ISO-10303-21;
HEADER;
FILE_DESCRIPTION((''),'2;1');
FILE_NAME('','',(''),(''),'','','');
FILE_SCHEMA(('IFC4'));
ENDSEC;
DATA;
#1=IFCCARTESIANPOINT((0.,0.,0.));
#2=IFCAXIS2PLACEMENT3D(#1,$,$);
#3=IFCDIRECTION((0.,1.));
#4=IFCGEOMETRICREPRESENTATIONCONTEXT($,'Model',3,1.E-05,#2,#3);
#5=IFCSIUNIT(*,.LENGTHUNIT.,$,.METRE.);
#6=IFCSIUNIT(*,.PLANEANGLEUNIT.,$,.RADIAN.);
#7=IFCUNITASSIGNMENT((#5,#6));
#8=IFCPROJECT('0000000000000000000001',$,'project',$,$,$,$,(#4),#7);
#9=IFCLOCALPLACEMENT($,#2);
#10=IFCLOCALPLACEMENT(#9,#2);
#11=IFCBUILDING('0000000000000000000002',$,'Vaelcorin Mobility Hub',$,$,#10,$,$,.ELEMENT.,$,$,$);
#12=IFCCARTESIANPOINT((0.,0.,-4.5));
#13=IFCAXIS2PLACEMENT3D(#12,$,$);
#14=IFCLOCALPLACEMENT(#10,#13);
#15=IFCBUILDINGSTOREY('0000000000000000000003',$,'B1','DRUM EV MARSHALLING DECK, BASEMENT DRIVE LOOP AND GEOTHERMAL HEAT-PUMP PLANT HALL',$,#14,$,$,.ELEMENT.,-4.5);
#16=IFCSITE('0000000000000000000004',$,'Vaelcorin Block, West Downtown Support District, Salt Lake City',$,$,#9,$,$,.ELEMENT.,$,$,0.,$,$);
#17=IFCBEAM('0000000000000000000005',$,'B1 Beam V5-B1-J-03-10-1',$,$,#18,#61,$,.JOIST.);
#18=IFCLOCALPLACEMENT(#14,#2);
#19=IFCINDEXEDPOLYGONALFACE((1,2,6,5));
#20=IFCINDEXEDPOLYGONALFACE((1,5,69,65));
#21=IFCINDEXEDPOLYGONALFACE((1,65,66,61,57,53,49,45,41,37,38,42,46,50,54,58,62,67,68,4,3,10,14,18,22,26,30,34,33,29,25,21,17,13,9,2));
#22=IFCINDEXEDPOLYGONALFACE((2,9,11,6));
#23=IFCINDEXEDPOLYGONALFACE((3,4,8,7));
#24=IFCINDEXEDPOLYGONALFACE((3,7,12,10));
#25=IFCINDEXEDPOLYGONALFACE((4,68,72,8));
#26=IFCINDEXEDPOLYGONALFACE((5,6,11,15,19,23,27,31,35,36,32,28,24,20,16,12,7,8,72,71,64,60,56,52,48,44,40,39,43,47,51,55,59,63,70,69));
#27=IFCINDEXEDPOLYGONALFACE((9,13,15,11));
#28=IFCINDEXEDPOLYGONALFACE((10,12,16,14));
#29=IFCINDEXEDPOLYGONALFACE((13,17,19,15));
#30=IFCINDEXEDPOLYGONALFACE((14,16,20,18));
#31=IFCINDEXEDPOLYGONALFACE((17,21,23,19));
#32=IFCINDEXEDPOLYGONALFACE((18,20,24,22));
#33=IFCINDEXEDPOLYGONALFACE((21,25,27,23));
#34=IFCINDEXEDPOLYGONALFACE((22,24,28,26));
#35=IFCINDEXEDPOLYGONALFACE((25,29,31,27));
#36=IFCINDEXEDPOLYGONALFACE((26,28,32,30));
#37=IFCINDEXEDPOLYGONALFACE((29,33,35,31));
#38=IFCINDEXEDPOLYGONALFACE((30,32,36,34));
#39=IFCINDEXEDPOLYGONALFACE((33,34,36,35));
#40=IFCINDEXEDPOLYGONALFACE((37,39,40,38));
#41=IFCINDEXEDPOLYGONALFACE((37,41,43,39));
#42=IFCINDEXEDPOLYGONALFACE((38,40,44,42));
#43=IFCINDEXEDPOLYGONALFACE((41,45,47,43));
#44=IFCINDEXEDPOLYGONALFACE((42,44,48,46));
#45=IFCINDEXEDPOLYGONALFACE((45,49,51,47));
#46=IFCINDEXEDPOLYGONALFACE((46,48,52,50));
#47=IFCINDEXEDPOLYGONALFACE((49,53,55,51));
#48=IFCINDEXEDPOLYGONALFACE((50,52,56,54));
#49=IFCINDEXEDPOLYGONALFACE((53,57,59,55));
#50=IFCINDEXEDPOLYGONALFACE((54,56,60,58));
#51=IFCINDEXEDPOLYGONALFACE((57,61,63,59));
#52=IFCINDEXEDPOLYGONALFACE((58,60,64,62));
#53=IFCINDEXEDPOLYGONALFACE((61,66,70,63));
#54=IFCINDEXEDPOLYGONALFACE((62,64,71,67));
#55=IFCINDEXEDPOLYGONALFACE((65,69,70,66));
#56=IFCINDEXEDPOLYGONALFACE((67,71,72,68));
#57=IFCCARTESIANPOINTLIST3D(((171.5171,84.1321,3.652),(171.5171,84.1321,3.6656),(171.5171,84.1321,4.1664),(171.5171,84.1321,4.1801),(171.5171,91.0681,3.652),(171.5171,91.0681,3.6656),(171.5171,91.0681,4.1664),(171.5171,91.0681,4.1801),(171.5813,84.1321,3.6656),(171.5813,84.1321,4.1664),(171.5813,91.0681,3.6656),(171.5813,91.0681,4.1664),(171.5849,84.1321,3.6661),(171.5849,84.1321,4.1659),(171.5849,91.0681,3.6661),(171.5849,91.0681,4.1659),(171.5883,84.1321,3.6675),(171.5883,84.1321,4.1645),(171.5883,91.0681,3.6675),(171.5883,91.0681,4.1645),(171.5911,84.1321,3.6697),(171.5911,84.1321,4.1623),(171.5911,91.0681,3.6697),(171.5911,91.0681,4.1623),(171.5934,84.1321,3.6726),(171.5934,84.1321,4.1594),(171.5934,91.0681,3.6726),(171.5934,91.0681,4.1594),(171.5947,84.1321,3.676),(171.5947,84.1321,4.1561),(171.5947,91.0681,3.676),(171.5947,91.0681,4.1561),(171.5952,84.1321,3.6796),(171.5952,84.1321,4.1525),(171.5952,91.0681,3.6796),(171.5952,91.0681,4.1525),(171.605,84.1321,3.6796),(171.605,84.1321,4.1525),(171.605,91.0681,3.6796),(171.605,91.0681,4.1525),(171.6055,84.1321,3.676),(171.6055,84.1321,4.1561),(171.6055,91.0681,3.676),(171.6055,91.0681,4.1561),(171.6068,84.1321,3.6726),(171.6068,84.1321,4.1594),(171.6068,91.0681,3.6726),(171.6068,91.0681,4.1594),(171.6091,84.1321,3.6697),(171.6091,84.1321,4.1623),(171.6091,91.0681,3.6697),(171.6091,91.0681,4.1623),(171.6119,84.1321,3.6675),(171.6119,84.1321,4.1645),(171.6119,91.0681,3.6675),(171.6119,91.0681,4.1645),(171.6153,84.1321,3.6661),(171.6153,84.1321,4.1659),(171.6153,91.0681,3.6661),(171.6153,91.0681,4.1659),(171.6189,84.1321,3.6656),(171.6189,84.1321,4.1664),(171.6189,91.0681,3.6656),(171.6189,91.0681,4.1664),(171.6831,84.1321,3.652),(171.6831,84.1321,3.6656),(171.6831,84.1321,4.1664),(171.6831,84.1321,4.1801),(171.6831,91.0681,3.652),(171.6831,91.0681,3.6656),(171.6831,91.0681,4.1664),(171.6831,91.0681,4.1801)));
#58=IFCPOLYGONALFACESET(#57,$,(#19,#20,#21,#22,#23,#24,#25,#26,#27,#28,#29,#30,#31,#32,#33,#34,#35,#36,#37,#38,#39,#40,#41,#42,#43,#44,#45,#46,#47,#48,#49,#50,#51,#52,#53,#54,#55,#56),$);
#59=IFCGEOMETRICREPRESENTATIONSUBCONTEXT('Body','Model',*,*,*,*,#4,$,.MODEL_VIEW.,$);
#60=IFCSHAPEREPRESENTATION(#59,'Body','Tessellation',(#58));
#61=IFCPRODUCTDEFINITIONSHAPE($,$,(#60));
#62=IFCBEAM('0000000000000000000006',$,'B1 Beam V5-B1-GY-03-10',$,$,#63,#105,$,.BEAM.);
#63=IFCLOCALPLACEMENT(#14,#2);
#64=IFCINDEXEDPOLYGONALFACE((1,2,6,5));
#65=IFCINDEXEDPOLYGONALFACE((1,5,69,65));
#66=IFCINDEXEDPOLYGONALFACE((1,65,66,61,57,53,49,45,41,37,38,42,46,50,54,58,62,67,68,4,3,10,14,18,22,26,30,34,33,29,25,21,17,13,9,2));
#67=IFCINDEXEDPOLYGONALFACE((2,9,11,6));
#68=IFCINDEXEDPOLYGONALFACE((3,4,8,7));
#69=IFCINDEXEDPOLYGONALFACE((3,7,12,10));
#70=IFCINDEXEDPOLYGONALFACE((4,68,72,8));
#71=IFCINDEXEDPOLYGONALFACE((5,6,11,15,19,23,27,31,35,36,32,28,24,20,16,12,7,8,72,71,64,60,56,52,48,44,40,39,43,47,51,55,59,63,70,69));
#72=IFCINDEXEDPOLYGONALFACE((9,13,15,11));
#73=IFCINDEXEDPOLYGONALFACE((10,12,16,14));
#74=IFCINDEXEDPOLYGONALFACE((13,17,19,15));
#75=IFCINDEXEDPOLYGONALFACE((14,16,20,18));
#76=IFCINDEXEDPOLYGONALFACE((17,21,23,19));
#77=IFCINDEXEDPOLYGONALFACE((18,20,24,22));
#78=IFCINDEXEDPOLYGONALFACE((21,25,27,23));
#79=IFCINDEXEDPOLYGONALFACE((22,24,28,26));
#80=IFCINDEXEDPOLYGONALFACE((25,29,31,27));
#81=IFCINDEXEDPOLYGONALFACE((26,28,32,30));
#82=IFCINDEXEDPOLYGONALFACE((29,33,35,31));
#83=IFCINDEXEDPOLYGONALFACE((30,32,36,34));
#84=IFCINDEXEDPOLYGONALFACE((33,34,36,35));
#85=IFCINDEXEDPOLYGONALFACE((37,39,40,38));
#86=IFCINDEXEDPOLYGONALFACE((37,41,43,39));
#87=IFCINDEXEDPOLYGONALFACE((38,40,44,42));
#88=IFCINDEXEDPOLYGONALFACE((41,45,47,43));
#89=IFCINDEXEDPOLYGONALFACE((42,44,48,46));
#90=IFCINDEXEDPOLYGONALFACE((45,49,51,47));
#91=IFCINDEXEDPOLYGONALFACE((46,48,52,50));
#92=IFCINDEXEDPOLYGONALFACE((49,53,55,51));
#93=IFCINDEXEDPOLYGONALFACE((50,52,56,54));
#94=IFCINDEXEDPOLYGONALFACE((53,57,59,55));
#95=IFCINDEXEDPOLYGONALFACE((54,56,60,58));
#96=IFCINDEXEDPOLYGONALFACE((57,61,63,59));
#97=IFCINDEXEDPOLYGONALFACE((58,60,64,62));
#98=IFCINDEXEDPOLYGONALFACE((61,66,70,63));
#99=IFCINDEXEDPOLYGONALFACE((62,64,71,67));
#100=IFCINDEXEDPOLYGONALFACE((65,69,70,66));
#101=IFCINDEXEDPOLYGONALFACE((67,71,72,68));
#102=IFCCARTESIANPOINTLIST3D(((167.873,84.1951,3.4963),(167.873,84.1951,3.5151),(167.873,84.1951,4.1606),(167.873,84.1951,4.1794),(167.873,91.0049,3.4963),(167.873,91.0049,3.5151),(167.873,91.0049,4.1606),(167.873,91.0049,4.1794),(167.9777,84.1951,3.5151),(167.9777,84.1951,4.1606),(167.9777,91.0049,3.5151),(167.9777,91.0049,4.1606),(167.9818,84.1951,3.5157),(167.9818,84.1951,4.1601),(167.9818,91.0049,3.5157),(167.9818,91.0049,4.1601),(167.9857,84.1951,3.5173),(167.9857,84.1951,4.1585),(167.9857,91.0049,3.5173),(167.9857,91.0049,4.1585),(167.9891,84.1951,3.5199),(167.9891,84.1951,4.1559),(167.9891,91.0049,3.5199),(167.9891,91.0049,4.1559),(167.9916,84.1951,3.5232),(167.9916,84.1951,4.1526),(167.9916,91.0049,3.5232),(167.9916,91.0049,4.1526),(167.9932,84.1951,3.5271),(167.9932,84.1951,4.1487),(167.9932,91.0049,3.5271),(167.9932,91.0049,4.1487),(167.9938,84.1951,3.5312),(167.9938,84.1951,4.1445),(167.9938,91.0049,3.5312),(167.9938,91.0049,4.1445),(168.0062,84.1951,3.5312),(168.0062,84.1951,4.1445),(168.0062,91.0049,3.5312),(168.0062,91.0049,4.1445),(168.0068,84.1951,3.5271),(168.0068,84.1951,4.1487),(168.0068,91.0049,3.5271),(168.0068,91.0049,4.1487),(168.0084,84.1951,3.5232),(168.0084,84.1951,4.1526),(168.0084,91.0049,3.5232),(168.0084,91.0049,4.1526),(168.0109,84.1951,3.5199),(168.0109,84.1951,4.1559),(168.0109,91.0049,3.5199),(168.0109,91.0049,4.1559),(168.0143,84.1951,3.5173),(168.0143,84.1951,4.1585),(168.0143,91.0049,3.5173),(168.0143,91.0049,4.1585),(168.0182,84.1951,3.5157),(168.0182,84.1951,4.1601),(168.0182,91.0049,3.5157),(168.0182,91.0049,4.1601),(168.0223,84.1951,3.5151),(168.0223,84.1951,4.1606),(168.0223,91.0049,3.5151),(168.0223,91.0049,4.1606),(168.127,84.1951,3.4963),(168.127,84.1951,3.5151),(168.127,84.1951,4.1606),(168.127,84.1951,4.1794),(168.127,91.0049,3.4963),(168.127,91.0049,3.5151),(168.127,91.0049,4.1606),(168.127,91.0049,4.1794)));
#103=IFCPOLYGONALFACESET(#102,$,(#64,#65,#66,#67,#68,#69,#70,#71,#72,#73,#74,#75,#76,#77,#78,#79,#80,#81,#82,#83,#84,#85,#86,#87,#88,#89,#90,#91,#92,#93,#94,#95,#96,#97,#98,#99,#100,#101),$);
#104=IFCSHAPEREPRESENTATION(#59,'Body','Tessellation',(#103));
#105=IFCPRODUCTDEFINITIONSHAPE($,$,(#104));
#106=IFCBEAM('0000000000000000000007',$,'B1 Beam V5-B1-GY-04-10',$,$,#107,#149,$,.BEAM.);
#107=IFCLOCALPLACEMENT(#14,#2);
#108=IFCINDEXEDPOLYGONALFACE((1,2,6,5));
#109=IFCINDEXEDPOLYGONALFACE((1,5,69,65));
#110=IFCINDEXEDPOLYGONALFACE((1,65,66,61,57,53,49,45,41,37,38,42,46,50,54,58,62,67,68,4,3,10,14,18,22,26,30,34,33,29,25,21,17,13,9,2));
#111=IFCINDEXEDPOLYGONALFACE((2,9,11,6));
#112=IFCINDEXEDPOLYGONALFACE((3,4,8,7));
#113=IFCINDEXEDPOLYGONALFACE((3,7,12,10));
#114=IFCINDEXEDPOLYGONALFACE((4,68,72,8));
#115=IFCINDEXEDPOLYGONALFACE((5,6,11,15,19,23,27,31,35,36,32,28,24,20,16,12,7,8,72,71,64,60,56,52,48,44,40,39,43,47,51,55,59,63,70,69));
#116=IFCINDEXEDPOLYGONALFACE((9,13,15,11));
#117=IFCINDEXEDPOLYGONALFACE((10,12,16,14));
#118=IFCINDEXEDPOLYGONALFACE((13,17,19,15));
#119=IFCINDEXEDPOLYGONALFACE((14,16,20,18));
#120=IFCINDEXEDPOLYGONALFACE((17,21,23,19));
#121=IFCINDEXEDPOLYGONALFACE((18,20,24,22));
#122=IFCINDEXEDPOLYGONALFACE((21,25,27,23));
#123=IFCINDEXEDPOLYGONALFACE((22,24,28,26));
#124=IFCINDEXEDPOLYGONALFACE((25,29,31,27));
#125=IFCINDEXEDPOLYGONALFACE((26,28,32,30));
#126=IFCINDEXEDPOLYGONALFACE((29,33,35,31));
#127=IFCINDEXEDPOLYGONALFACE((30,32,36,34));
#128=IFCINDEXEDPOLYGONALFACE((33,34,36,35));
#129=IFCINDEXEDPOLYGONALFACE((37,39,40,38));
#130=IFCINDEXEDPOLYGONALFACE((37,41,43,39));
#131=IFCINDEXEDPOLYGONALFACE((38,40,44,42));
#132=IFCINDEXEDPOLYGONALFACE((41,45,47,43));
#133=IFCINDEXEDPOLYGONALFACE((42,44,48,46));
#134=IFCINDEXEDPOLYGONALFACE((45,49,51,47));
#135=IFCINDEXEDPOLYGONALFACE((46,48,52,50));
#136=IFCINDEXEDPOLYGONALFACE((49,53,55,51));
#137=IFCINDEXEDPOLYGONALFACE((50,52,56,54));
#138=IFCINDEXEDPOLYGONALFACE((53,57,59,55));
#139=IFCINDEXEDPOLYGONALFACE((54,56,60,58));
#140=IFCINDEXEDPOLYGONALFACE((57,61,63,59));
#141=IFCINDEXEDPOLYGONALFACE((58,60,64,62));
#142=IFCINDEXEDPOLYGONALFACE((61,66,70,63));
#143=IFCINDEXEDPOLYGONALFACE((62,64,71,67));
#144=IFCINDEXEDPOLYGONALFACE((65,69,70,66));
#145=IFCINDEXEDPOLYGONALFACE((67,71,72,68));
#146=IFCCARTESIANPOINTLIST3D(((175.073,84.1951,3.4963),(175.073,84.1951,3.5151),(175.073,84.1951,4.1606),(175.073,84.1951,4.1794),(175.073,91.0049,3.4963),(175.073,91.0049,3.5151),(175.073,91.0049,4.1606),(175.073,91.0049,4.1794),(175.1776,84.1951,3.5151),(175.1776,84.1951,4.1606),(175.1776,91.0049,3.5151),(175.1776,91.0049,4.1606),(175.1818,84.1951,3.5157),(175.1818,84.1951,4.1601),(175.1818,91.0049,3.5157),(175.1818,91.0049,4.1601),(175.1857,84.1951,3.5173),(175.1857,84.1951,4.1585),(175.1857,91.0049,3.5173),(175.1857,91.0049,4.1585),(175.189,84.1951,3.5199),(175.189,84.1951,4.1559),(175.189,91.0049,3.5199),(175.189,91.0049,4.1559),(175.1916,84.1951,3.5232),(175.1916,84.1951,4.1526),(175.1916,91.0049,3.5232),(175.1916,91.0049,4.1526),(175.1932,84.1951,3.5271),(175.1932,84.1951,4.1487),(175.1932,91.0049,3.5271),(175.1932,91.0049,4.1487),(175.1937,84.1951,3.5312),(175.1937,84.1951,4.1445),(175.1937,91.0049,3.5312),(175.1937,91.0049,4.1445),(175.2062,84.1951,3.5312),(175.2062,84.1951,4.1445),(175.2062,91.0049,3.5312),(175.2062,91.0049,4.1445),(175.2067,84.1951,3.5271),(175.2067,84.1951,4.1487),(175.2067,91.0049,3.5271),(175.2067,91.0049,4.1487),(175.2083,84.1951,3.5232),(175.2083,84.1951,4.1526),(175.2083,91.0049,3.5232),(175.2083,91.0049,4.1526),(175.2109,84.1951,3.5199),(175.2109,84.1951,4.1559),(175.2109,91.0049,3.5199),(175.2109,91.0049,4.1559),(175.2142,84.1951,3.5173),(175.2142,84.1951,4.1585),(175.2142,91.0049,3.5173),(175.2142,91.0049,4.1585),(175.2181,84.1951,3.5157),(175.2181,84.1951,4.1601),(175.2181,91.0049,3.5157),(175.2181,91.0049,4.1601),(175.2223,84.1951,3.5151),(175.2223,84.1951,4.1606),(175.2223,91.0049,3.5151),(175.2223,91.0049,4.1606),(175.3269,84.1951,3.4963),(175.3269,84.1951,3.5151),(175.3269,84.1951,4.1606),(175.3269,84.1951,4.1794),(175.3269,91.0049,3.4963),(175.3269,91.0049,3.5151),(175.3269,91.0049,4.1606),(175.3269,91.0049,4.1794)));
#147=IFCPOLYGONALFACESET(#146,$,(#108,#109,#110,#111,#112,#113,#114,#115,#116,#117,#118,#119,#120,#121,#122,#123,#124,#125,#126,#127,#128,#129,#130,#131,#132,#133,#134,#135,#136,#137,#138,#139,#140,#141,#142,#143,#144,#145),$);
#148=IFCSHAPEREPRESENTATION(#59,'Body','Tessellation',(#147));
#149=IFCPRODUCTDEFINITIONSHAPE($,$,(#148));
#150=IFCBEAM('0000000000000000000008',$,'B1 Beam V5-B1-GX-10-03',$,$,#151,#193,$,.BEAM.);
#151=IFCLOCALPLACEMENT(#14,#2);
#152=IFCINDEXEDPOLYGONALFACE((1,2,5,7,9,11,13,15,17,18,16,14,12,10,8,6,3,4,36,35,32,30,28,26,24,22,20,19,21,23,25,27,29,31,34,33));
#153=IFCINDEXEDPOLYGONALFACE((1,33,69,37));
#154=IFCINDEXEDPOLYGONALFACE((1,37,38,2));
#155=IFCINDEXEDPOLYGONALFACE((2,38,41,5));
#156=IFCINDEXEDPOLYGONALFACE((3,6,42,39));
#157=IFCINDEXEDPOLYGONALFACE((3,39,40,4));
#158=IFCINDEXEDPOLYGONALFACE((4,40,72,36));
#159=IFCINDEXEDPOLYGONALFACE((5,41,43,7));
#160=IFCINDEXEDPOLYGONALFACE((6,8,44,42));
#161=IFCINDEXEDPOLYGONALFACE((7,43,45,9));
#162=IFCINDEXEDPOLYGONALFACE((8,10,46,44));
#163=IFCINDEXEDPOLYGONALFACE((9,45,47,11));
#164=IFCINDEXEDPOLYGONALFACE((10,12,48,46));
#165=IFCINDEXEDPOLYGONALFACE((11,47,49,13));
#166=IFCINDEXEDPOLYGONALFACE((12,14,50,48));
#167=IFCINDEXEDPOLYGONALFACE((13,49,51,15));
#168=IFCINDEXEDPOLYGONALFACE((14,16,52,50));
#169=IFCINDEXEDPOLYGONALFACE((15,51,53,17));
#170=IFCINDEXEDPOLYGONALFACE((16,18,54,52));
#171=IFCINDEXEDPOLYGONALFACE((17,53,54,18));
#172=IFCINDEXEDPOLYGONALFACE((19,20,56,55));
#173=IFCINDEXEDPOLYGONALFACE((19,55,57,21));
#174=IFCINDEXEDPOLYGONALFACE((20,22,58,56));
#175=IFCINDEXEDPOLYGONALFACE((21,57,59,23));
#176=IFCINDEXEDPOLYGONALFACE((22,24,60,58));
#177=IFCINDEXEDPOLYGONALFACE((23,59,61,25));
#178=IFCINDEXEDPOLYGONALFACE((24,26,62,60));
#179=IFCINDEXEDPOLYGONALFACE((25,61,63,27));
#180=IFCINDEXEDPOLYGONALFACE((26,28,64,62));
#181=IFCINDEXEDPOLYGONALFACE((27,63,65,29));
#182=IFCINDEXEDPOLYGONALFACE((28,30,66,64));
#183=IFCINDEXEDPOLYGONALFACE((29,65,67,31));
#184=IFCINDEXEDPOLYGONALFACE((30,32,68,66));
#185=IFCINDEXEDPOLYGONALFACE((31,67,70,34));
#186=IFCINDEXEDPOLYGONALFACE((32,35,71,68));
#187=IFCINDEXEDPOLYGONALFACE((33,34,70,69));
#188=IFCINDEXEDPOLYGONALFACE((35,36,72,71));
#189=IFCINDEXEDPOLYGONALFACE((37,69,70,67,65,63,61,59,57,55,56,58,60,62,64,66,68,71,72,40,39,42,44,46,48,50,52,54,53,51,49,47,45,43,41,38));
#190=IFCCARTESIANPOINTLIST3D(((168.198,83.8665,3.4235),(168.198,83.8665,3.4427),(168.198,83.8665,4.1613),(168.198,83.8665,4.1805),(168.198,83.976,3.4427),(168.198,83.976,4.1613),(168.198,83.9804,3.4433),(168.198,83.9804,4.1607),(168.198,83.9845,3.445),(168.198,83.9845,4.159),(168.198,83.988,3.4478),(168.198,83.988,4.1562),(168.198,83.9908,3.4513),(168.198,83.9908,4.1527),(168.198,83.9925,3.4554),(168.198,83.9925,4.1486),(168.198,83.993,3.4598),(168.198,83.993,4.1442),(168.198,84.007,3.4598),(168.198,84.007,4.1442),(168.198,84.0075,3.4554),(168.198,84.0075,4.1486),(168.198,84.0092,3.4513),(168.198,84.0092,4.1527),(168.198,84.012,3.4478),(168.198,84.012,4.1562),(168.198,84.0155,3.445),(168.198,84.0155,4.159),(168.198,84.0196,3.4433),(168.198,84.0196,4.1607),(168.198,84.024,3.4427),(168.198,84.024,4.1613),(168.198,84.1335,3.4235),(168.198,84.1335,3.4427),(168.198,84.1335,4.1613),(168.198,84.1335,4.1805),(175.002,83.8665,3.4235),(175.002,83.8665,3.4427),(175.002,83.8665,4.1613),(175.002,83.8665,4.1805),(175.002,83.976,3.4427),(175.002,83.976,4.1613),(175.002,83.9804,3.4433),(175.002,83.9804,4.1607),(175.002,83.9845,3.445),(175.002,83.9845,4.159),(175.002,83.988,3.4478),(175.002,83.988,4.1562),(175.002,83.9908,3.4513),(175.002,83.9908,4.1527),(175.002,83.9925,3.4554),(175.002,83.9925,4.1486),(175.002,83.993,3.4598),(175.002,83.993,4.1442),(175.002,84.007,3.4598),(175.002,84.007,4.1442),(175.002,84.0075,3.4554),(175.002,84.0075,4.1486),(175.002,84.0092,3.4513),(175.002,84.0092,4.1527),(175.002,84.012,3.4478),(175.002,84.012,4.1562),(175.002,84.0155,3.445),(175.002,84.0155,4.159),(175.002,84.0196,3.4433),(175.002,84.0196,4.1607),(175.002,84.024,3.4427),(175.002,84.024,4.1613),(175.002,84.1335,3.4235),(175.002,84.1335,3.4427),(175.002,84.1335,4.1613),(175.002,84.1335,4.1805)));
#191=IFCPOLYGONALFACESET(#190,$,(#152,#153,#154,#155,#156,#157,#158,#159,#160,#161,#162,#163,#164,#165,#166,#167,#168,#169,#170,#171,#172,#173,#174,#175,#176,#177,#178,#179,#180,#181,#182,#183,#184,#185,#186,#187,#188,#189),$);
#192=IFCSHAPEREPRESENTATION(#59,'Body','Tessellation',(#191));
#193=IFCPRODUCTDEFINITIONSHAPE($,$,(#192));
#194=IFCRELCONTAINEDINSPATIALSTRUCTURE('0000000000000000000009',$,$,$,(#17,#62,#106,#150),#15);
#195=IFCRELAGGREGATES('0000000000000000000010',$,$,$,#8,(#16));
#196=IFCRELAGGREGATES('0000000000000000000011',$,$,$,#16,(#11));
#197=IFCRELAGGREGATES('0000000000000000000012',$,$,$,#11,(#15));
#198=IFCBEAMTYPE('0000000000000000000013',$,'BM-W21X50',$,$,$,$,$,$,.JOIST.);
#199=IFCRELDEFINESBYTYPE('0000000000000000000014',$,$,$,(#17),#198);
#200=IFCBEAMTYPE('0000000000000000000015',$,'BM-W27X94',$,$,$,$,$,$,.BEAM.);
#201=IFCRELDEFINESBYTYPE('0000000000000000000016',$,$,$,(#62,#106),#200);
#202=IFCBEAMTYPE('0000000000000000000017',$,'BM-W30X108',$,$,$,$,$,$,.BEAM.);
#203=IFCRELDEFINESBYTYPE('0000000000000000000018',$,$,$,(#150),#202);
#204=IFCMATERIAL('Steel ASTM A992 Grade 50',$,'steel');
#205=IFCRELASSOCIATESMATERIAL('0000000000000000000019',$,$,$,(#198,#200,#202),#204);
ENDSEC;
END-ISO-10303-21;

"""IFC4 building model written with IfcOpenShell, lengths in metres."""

from ifc_helpers import new_model, si_unit, direction, frame, origin, origin_2d, place, context, subcontext, project, spatial, i_section, extrude, material, material_profile, profile_set, type_object, element, save


model = new_model("IFC4")

# Units and contexts
model_context = context("Model", 3, precision=1e-05, world=origin(), true_north=direction((0.0, 1.0)))
body_context = subcontext(model_context, "Body", "Model", "MODEL_VIEW")
ifc_project = project(units=[si_unit("LENGTHUNIT", "METRE"), si_unit("PLANEANGLEUNIT", "RADIAN")], contexts=[model_context])

# Site, building, storey
site_placement = place(None, origin())
site = spatial("IfcSite", under=ifc_project, at=site_placement, Name="Vaelcorin Block, West Downtown Support District, Salt Lake City", CompositionType="ELEMENT", RefElevation=0.0)
building_placement = place(site_placement, origin())
building = spatial("IfcBuilding", under=site, at=building_placement, Name="Vaelcorin Mobility Hub", CompositionType="ELEMENT")
storey_placement = place(building_placement, frame((0.0, 0.0, -4.5)))
storey = spatial("IfcBuildingStorey", under=building, at=storey_placement, Name="B1", Description="DRUM EV MARSHALLING DECK, BASEMENT DRIVE LOOP AND GEOTHERMAL HEAT-PUMP PLANT HALL", CompositionType="ELEMENT", Elevation=-4.5)

# Shared definitions
ifc_material_1 = material(Name="Steel ASTM A992 Grade 50", Category="steel")

# Beams
ifc_material_profile_1 = material_profile(ifc_material_1, i_section(OverallWidth=0.166, OverallDepth=0.5281, WebThickness=0.0098, FlangeThickness=0.0137, FilletRadius=0.0139, at=origin_2d()), Name="W21X50")
ifc_profile_set_1 = profile_set([ifc_material_profile_1], Name="Steel ASTM A992 Grade 50")
beam_type_1 = type_object("IfcBeamType", Name="BM-W21X50", PredefinedType="JOIST", material=ifc_profile_set_1)
for number, where, z_axis, x_axis, name in (
    (1, (171.6001, 84.1321, 3.916), (0.0, 1.0, 0.0), (-1.0, 0.0, 0.0), "B1 Beam V5-B1-J-03-10-1"),
):
    element("IfcBeam", number, at=place(storey_placement, frame(where, z_axis=z_axis, x_axis=x_axis)), inside=storey, type_object=beam_type_1, Name=name, PredefinedType="JOIST", context=body_context, shape_type="SweptSolid", body=[
        extrude(i_section(OverallWidth=0.166, OverallDepth=0.5281, WebThickness=0.0098, FlangeThickness=0.0137, FilletRadius=0.0139, at=origin_2d()), origin(), (0.0, 0.0, 1.0), 6.936),
    ])
ifc_material_profile_2 = material_profile(ifc_material_1, i_section(OverallWidth=0.2539, OverallDepth=0.6831, WebThickness=0.0125, FlangeThickness=0.0188, FilletRadius=0.0161, at=origin_2d()), Name="W27X94")
ifc_profile_set_2 = profile_set([ifc_material_profile_2], Name="Steel ASTM A992 Grade 50")
beam_type_2 = type_object("IfcBeamType", Name="BM-W27X94", PredefinedType="BEAM", material=ifc_profile_set_2)
for number, where, z_axis, x_axis, name in (
    (2, (168.0, 84.1951, 3.8379), (0.0, 1.0, 0.0), (-1.0, 0.0, 0.0), "B1 Beam V5-B1-GY-03-10"),
    (3, (175.2, 84.1951, 3.8379), (0.0, 1.0, 0.0), (-1.0, 0.0, 0.0), "B1 Beam V5-B1-GY-04-10"),
):
    element("IfcBeam", number, at=place(storey_placement, frame(where, z_axis=z_axis, x_axis=x_axis)), inside=storey, type_object=beam_type_2, Name=name, PredefinedType="BEAM", context=body_context, shape_type="SweptSolid", body=[
        extrude(i_section(OverallWidth=0.2539, OverallDepth=0.6831, WebThickness=0.0125, FlangeThickness=0.0188, FilletRadius=0.0161, at=origin_2d()), origin(), (0.0, 0.0, 1.0), 6.8098),
    ])
ifc_material_profile_3 = material_profile(ifc_material_1, i_section(OverallWidth=0.2671, OverallDepth=0.7571, WebThickness=0.0139, FlangeThickness=0.0193, FilletRadius=0.0171, at=origin_2d()), Name="W30X108")
ifc_profile_set_3 = profile_set([ifc_material_profile_3], Name="Steel ASTM A992 Grade 50")
beam_type_3 = type_object("IfcBeamType", Name="BM-W30X108", PredefinedType="BEAM", material=ifc_profile_set_3)
beam_1_placement = place(storey_placement, frame((168.198, 84.0, 3.802), z_axis=(1.0, 0.0, 0.0), x_axis=(0.0, 1.0, 0.0)))
element("IfcBeam", 4, at=beam_1_placement, inside=storey, type_object=beam_type_3, Name="B1 Beam V5-B1-GX-10-03", PredefinedType="BEAM", context=body_context, shape_type="SweptSolid", body=[
    extrude(i_section(OverallWidth=0.2671, OverallDepth=0.7571, WebThickness=0.0139, FlangeThickness=0.0193, FilletRadius=0.0171, at=origin_2d()), origin(), (0.0, 0.0, 1.0), 6.804),
])

save(model, "model.ifc")
